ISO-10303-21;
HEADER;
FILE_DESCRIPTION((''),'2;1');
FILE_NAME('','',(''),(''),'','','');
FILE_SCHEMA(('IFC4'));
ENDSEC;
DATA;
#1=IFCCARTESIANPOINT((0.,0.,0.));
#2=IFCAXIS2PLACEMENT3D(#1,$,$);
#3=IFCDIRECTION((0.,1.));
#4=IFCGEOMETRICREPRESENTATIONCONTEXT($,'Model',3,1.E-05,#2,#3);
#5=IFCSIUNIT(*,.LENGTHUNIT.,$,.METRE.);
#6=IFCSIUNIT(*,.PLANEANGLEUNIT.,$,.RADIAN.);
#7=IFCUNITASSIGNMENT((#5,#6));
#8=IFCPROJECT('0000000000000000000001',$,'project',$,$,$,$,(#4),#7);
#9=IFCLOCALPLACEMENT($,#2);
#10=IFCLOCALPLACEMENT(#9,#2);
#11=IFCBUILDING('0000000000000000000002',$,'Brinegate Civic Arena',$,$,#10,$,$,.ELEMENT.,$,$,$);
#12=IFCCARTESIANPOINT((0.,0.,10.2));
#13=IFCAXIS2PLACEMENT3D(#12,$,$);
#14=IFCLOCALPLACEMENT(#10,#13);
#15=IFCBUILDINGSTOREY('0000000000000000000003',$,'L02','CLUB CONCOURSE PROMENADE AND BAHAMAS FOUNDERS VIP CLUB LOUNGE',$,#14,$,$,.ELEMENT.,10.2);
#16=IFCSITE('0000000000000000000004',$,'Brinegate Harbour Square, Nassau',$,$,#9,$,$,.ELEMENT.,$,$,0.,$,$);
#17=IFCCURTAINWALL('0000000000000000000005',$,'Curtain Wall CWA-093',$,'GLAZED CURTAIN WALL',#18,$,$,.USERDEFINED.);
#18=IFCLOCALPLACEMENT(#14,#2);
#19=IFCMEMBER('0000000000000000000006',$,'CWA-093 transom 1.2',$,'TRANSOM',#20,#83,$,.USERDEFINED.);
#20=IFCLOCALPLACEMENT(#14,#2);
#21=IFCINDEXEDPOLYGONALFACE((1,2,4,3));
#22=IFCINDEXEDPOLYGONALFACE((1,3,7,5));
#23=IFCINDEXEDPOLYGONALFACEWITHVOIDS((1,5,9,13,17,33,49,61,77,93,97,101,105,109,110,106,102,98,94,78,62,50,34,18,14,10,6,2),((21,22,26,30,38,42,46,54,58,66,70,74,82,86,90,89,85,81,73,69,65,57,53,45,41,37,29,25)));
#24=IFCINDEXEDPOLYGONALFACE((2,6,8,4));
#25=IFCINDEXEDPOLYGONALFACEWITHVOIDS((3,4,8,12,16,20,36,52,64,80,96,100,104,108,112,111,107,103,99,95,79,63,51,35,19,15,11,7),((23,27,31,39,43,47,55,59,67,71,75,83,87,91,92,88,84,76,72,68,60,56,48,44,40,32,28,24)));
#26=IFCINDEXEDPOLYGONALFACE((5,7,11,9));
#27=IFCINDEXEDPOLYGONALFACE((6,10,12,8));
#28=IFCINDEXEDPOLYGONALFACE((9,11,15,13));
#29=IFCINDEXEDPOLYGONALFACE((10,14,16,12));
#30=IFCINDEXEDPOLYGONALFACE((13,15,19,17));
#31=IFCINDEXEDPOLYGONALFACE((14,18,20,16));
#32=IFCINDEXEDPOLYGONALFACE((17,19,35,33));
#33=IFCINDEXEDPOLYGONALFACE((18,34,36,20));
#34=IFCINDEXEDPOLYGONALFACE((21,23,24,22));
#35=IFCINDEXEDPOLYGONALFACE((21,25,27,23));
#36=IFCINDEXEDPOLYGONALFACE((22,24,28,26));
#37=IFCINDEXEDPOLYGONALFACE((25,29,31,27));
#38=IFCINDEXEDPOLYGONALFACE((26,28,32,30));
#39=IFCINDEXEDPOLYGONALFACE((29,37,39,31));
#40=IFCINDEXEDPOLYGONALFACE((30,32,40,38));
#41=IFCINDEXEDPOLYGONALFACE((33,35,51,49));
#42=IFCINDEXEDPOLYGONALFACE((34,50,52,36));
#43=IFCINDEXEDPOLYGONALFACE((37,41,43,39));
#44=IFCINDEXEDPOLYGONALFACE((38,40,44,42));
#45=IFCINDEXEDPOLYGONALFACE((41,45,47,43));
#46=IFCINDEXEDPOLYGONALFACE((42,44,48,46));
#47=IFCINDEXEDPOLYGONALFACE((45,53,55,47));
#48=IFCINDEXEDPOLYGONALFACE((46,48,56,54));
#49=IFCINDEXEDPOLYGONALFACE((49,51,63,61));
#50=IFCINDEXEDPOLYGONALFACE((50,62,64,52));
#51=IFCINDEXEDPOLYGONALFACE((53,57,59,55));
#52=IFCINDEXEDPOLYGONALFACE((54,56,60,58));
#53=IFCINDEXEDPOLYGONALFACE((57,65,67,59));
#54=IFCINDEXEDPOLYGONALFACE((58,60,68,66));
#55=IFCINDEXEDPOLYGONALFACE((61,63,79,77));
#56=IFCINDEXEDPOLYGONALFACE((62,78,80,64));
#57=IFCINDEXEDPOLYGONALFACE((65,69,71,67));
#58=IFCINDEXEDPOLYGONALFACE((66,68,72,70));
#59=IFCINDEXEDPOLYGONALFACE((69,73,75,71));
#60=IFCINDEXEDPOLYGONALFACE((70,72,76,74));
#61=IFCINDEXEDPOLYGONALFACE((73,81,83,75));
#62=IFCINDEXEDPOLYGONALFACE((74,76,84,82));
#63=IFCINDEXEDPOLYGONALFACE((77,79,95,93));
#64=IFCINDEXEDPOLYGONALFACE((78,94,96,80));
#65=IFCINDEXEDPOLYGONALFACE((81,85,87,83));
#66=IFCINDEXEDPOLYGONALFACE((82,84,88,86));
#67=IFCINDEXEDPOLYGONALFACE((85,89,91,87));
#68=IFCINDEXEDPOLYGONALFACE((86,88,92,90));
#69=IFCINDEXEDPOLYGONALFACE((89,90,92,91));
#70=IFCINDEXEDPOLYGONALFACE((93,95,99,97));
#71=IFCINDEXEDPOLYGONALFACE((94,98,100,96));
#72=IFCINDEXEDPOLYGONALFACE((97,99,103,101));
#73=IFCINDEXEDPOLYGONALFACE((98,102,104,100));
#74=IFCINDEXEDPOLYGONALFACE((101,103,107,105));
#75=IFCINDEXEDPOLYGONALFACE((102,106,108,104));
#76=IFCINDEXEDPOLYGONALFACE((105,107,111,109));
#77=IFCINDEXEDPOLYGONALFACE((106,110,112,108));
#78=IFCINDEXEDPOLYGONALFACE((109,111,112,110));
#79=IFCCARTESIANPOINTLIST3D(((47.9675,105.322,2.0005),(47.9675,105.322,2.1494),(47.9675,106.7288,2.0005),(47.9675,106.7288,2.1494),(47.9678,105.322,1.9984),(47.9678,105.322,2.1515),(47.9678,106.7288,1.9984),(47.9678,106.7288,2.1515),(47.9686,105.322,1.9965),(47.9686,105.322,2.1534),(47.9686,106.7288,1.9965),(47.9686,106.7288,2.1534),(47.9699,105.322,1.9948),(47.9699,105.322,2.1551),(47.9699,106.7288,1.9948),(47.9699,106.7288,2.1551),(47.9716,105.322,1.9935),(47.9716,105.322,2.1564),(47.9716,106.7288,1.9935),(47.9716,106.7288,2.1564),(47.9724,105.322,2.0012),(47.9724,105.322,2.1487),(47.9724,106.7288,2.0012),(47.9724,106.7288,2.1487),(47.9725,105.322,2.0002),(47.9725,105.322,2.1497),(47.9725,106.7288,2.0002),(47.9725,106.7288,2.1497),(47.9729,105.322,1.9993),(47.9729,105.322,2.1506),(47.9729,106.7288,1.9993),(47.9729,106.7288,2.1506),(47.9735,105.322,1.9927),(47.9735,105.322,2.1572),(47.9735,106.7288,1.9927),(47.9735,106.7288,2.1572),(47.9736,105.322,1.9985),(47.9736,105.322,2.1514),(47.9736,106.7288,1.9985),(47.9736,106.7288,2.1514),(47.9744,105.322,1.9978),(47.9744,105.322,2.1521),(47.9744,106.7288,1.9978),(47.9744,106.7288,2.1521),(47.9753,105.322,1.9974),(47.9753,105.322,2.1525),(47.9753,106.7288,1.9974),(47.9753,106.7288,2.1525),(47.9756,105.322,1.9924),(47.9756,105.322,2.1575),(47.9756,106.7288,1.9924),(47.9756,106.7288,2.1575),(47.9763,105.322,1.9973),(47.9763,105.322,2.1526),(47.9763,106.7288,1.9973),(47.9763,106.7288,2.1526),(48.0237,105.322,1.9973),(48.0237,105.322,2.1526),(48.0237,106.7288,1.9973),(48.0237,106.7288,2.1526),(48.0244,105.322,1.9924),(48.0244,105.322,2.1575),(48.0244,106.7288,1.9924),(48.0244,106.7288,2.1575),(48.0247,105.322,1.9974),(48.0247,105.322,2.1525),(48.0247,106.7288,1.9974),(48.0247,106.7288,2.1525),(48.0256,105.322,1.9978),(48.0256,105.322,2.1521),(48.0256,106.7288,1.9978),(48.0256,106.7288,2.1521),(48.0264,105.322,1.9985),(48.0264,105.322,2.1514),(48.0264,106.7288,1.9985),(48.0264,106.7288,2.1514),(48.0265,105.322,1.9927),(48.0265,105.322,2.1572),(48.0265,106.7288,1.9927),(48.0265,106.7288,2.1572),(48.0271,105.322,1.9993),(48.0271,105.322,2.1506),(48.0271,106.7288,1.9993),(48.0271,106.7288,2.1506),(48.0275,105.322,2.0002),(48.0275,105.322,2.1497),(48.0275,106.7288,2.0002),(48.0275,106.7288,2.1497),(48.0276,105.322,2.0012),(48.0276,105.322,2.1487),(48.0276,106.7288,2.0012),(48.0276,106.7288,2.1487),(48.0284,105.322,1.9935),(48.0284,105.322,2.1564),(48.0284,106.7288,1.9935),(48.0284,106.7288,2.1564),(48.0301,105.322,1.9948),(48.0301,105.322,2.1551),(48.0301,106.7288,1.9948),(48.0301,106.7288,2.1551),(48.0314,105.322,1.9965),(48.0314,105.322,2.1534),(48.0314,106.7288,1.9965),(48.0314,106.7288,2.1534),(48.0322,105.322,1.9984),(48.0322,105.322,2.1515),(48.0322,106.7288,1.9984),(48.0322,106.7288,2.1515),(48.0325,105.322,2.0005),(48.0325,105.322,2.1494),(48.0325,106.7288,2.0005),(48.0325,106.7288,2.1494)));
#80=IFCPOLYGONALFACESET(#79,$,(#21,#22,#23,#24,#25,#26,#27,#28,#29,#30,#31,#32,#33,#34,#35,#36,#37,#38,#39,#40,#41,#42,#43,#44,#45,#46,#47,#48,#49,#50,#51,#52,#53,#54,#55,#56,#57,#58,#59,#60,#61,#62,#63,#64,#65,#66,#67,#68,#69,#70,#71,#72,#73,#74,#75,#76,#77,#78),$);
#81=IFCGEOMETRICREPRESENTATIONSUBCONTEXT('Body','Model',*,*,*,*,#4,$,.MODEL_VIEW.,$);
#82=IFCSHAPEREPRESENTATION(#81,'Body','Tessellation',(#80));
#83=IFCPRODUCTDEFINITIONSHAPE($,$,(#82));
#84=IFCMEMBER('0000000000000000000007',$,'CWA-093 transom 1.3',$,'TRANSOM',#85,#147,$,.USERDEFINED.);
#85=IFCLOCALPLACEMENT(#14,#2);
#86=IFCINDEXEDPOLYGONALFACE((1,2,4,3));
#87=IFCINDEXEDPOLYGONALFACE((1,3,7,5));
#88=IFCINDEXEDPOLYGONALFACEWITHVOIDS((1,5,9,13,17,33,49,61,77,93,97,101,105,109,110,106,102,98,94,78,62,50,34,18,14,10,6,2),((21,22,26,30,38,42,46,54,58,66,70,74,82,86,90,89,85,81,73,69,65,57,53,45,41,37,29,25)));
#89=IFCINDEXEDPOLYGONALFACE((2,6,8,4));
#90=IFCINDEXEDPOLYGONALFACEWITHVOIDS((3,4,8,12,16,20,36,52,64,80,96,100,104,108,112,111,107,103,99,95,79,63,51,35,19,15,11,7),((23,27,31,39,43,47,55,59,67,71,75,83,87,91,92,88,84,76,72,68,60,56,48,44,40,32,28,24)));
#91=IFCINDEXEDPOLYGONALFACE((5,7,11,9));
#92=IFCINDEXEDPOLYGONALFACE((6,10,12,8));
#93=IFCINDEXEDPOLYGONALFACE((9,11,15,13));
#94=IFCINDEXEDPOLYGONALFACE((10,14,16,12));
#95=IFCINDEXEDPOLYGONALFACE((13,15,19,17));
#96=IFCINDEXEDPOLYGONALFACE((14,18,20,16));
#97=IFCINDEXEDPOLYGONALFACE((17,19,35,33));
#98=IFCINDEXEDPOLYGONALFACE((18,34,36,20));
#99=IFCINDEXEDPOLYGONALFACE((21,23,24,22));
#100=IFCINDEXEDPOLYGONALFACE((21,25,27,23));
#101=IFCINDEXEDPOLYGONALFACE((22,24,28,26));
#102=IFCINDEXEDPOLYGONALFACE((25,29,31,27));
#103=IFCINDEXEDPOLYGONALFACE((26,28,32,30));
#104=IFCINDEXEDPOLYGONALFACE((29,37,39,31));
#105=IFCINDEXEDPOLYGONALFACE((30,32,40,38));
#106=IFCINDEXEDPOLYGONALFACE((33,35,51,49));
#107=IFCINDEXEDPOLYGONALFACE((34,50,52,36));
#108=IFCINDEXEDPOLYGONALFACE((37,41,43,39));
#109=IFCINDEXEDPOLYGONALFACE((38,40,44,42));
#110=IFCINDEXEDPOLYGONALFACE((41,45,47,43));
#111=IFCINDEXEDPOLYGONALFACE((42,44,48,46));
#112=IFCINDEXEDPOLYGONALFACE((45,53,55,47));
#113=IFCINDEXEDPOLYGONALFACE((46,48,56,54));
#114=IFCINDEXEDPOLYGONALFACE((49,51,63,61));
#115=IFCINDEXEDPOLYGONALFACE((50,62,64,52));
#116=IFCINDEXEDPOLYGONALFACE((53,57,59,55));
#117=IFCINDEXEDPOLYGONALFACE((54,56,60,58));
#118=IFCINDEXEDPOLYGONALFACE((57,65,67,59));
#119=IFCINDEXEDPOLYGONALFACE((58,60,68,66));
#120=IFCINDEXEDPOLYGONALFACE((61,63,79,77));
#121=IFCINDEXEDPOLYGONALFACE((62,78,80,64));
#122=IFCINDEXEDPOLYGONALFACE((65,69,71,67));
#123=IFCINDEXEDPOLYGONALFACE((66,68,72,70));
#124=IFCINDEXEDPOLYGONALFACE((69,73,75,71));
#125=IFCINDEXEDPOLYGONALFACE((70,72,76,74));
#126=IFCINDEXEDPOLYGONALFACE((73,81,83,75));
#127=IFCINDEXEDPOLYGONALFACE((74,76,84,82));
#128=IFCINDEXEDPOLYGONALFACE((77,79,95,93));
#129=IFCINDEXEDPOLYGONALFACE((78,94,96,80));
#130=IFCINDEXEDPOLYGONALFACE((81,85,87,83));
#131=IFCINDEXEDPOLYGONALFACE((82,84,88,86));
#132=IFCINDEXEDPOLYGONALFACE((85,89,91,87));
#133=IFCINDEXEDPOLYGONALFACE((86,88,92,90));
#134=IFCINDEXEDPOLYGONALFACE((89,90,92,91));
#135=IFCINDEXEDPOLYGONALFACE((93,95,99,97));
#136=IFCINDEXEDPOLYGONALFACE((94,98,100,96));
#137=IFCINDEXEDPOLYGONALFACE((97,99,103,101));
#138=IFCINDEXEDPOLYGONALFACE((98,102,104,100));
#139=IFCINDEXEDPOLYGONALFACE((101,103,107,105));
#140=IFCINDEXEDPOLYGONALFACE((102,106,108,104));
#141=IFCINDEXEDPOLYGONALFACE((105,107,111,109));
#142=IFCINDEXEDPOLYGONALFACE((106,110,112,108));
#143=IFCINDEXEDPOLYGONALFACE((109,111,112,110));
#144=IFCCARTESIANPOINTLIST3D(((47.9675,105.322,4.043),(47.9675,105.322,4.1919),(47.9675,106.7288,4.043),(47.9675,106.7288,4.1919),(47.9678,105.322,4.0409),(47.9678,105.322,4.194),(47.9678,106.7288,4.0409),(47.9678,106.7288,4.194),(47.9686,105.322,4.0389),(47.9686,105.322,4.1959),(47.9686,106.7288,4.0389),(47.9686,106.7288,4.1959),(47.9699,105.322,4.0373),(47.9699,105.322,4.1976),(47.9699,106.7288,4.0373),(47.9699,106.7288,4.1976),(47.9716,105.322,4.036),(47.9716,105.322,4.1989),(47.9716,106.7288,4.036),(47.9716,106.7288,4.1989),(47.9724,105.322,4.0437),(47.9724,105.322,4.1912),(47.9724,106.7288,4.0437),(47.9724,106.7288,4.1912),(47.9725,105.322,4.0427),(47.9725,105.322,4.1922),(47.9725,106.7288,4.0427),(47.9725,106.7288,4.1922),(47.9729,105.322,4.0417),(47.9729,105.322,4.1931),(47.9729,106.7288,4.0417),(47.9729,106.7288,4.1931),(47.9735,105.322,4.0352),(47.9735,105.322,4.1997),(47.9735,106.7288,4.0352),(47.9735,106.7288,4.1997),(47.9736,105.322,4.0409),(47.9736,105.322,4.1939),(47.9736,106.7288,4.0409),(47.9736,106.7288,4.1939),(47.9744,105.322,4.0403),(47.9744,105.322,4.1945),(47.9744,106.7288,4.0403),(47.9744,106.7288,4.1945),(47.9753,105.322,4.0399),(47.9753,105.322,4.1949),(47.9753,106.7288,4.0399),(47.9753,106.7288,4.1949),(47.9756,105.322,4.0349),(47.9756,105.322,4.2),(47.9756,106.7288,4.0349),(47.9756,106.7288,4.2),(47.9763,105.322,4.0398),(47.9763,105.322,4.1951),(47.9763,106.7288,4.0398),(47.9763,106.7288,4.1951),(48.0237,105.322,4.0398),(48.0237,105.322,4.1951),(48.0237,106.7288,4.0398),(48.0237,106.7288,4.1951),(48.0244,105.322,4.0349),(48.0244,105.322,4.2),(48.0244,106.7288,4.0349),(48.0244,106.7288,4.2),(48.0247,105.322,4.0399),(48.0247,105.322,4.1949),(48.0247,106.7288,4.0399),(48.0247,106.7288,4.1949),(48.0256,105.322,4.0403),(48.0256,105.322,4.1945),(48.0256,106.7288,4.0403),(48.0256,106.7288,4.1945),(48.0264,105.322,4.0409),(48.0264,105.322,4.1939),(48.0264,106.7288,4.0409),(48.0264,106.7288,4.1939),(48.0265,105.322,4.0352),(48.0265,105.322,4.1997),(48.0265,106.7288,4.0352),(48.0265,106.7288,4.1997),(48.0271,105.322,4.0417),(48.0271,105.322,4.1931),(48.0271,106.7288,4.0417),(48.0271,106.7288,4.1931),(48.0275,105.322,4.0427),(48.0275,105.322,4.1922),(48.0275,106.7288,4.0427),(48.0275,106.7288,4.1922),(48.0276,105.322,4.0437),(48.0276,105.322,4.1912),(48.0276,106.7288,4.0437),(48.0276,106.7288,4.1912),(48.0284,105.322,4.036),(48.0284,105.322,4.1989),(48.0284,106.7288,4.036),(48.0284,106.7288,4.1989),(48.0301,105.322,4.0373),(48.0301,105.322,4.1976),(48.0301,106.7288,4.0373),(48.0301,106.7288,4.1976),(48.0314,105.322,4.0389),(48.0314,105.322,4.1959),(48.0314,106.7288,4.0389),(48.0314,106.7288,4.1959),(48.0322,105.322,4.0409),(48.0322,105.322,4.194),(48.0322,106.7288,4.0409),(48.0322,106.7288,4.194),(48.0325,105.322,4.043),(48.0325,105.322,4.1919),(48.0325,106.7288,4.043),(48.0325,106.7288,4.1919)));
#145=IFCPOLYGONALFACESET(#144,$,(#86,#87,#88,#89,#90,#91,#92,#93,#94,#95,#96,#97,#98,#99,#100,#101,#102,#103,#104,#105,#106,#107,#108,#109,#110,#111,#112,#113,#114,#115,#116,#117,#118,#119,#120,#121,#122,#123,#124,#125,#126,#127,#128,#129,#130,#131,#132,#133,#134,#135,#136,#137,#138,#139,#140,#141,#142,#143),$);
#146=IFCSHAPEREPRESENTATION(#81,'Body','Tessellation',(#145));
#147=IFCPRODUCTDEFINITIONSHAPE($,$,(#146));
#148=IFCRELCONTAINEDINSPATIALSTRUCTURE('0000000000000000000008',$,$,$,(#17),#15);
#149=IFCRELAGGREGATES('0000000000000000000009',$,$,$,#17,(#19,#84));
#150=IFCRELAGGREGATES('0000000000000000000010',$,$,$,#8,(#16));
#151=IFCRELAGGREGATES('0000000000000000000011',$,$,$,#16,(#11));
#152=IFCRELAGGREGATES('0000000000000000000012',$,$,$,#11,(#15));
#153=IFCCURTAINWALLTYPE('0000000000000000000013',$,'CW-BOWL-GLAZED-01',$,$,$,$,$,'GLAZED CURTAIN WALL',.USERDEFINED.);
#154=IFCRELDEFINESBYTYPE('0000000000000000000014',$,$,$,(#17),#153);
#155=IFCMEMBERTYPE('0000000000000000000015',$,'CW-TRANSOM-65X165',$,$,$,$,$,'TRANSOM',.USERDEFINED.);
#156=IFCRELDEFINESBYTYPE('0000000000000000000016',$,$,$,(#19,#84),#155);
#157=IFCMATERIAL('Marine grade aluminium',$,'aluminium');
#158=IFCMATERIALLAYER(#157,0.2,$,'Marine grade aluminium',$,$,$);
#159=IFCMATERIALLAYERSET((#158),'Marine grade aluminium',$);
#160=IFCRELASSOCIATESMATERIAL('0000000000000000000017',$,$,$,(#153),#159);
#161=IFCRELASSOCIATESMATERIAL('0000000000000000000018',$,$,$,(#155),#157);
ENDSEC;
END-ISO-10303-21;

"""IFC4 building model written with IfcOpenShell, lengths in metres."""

from ifc_helpers import new_model, si_unit, direction, frame, origin, origin_2d, place, context, subcontext, project, spatial, hollow_rectangle, extrude, material, layer, layer_set, material_profile, profile_set, type_object, element, aggregate, save


model = new_model("IFC4")

# Units and contexts
model_context = context("Model", 3, precision=1e-05, world=origin(), true_north=direction((0.0, 1.0)))
body_context = subcontext(model_context, "Body", "Model", "MODEL_VIEW")
ifc_project = project(units=[si_unit("LENGTHUNIT", "METRE"), si_unit("PLANEANGLEUNIT", "RADIAN")], contexts=[model_context])

# Site, building, storey
site_placement = place(None, origin())
site = spatial("IfcSite", under=ifc_project, at=site_placement, Name="Brinegate Harbour Square, Nassau", CompositionType="ELEMENT", RefElevation=0.0)
building_placement = place(site_placement, origin())
building = spatial("IfcBuilding", under=site, at=building_placement, Name="Brinegate Civic Arena", CompositionType="ELEMENT")
storey_placement = place(building_placement, frame((0.0, 0.0, 10.2)))
storey = spatial("IfcBuildingStorey", under=building, at=storey_placement, Name="L02", Description="CLUB CONCOURSE PROMENADE AND BAHAMAS FOUNDERS VIP CLUB LOUNGE", CompositionType="ELEMENT", Elevation=10.2)

# Curtain wall, members
ifc_material_1 = material(Name="Marine grade aluminium", Category="aluminium")
ifc_layer_1 = layer(ifc_material_1, 0.2, Name="Marine grade aluminium")
ifc_layer_set_1 = layer_set([ifc_layer_1], Name="Marine grade aluminium")
curtain_wall_type = type_object("IfcCurtainWallType", Name="CW-BOWL-GLAZED-01", ElementType="GLAZED CURTAIN WALL", PredefinedType="USERDEFINED", material=ifc_layer_set_1)
curtain_wall_placement = place(storey_placement, origin())
curtain_wall = element("IfcCurtainWall", 1, at=curtain_wall_placement, inside=storey, type_object=curtain_wall_type, Name="Curtain Wall CWA-093", ObjectType="GLAZED CURTAIN WALL", PredefinedType="USERDEFINED")
ifc_material_profile_1 = material_profile(ifc_material_1, hollow_rectangle(XDim=0.0649, YDim=0.165, WallThickness=0.0049, InnerFilletRadius=0.0039, OuterFilletRadius=0.0081, at=origin_2d()), Name="TRN65X165")
ifc_profile_set_1 = profile_set([ifc_material_profile_1], Name="Marine grade aluminium")
member_type_1 = type_object("IfcMemberType", Name="CW-TRANSOM-65X165", ElementType="TRANSOM", PredefinedType="USERDEFINED", material=ifc_profile_set_1)
member_1_placement = place(storey_placement, frame((48.0, 105.322, 2.075), z_axis=(0.0, 1.0, 0.0), x_axis=(-1.0, 0.0, 0.0)))
member_1 = element("IfcMember", 2, at=member_1_placement, type_object=member_type_1, Name="CWA-093 transom 1.2", ObjectType="TRANSOM", PredefinedType="USERDEFINED", context=body_context, shape_type="SweptSolid", body=[
    extrude(hollow_rectangle(XDim=0.0649, YDim=0.165, WallThickness=0.0049, InnerFilletRadius=0.0039, OuterFilletRadius=0.0081, at=origin_2d()), origin(), (0.0, 0.0, 1.0), 1.4067),
])
member_2_placement = place(storey_placement, frame((48.0, 105.322, 4.1174), z_axis=(0.0, 1.0, 0.0), x_axis=(-1.0, 0.0, 0.0)))
member_2 = element("IfcMember", 3, at=member_2_placement, type_object=member_type_1, Name="CWA-093 transom 1.3", ObjectType="TRANSOM", PredefinedType="USERDEFINED", context=body_context, shape_type="SweptSolid", body=[
    extrude(hollow_rectangle(XDim=0.0649, YDim=0.165, WallThickness=0.0049, InnerFilletRadius=0.0039, OuterFilletRadius=0.0081, at=origin_2d()), origin(), (0.0, 0.0, 1.0), 1.4067),
])

aggregate(curtain_wall, [member_1, member_2])

save(model, "model.ifc")
